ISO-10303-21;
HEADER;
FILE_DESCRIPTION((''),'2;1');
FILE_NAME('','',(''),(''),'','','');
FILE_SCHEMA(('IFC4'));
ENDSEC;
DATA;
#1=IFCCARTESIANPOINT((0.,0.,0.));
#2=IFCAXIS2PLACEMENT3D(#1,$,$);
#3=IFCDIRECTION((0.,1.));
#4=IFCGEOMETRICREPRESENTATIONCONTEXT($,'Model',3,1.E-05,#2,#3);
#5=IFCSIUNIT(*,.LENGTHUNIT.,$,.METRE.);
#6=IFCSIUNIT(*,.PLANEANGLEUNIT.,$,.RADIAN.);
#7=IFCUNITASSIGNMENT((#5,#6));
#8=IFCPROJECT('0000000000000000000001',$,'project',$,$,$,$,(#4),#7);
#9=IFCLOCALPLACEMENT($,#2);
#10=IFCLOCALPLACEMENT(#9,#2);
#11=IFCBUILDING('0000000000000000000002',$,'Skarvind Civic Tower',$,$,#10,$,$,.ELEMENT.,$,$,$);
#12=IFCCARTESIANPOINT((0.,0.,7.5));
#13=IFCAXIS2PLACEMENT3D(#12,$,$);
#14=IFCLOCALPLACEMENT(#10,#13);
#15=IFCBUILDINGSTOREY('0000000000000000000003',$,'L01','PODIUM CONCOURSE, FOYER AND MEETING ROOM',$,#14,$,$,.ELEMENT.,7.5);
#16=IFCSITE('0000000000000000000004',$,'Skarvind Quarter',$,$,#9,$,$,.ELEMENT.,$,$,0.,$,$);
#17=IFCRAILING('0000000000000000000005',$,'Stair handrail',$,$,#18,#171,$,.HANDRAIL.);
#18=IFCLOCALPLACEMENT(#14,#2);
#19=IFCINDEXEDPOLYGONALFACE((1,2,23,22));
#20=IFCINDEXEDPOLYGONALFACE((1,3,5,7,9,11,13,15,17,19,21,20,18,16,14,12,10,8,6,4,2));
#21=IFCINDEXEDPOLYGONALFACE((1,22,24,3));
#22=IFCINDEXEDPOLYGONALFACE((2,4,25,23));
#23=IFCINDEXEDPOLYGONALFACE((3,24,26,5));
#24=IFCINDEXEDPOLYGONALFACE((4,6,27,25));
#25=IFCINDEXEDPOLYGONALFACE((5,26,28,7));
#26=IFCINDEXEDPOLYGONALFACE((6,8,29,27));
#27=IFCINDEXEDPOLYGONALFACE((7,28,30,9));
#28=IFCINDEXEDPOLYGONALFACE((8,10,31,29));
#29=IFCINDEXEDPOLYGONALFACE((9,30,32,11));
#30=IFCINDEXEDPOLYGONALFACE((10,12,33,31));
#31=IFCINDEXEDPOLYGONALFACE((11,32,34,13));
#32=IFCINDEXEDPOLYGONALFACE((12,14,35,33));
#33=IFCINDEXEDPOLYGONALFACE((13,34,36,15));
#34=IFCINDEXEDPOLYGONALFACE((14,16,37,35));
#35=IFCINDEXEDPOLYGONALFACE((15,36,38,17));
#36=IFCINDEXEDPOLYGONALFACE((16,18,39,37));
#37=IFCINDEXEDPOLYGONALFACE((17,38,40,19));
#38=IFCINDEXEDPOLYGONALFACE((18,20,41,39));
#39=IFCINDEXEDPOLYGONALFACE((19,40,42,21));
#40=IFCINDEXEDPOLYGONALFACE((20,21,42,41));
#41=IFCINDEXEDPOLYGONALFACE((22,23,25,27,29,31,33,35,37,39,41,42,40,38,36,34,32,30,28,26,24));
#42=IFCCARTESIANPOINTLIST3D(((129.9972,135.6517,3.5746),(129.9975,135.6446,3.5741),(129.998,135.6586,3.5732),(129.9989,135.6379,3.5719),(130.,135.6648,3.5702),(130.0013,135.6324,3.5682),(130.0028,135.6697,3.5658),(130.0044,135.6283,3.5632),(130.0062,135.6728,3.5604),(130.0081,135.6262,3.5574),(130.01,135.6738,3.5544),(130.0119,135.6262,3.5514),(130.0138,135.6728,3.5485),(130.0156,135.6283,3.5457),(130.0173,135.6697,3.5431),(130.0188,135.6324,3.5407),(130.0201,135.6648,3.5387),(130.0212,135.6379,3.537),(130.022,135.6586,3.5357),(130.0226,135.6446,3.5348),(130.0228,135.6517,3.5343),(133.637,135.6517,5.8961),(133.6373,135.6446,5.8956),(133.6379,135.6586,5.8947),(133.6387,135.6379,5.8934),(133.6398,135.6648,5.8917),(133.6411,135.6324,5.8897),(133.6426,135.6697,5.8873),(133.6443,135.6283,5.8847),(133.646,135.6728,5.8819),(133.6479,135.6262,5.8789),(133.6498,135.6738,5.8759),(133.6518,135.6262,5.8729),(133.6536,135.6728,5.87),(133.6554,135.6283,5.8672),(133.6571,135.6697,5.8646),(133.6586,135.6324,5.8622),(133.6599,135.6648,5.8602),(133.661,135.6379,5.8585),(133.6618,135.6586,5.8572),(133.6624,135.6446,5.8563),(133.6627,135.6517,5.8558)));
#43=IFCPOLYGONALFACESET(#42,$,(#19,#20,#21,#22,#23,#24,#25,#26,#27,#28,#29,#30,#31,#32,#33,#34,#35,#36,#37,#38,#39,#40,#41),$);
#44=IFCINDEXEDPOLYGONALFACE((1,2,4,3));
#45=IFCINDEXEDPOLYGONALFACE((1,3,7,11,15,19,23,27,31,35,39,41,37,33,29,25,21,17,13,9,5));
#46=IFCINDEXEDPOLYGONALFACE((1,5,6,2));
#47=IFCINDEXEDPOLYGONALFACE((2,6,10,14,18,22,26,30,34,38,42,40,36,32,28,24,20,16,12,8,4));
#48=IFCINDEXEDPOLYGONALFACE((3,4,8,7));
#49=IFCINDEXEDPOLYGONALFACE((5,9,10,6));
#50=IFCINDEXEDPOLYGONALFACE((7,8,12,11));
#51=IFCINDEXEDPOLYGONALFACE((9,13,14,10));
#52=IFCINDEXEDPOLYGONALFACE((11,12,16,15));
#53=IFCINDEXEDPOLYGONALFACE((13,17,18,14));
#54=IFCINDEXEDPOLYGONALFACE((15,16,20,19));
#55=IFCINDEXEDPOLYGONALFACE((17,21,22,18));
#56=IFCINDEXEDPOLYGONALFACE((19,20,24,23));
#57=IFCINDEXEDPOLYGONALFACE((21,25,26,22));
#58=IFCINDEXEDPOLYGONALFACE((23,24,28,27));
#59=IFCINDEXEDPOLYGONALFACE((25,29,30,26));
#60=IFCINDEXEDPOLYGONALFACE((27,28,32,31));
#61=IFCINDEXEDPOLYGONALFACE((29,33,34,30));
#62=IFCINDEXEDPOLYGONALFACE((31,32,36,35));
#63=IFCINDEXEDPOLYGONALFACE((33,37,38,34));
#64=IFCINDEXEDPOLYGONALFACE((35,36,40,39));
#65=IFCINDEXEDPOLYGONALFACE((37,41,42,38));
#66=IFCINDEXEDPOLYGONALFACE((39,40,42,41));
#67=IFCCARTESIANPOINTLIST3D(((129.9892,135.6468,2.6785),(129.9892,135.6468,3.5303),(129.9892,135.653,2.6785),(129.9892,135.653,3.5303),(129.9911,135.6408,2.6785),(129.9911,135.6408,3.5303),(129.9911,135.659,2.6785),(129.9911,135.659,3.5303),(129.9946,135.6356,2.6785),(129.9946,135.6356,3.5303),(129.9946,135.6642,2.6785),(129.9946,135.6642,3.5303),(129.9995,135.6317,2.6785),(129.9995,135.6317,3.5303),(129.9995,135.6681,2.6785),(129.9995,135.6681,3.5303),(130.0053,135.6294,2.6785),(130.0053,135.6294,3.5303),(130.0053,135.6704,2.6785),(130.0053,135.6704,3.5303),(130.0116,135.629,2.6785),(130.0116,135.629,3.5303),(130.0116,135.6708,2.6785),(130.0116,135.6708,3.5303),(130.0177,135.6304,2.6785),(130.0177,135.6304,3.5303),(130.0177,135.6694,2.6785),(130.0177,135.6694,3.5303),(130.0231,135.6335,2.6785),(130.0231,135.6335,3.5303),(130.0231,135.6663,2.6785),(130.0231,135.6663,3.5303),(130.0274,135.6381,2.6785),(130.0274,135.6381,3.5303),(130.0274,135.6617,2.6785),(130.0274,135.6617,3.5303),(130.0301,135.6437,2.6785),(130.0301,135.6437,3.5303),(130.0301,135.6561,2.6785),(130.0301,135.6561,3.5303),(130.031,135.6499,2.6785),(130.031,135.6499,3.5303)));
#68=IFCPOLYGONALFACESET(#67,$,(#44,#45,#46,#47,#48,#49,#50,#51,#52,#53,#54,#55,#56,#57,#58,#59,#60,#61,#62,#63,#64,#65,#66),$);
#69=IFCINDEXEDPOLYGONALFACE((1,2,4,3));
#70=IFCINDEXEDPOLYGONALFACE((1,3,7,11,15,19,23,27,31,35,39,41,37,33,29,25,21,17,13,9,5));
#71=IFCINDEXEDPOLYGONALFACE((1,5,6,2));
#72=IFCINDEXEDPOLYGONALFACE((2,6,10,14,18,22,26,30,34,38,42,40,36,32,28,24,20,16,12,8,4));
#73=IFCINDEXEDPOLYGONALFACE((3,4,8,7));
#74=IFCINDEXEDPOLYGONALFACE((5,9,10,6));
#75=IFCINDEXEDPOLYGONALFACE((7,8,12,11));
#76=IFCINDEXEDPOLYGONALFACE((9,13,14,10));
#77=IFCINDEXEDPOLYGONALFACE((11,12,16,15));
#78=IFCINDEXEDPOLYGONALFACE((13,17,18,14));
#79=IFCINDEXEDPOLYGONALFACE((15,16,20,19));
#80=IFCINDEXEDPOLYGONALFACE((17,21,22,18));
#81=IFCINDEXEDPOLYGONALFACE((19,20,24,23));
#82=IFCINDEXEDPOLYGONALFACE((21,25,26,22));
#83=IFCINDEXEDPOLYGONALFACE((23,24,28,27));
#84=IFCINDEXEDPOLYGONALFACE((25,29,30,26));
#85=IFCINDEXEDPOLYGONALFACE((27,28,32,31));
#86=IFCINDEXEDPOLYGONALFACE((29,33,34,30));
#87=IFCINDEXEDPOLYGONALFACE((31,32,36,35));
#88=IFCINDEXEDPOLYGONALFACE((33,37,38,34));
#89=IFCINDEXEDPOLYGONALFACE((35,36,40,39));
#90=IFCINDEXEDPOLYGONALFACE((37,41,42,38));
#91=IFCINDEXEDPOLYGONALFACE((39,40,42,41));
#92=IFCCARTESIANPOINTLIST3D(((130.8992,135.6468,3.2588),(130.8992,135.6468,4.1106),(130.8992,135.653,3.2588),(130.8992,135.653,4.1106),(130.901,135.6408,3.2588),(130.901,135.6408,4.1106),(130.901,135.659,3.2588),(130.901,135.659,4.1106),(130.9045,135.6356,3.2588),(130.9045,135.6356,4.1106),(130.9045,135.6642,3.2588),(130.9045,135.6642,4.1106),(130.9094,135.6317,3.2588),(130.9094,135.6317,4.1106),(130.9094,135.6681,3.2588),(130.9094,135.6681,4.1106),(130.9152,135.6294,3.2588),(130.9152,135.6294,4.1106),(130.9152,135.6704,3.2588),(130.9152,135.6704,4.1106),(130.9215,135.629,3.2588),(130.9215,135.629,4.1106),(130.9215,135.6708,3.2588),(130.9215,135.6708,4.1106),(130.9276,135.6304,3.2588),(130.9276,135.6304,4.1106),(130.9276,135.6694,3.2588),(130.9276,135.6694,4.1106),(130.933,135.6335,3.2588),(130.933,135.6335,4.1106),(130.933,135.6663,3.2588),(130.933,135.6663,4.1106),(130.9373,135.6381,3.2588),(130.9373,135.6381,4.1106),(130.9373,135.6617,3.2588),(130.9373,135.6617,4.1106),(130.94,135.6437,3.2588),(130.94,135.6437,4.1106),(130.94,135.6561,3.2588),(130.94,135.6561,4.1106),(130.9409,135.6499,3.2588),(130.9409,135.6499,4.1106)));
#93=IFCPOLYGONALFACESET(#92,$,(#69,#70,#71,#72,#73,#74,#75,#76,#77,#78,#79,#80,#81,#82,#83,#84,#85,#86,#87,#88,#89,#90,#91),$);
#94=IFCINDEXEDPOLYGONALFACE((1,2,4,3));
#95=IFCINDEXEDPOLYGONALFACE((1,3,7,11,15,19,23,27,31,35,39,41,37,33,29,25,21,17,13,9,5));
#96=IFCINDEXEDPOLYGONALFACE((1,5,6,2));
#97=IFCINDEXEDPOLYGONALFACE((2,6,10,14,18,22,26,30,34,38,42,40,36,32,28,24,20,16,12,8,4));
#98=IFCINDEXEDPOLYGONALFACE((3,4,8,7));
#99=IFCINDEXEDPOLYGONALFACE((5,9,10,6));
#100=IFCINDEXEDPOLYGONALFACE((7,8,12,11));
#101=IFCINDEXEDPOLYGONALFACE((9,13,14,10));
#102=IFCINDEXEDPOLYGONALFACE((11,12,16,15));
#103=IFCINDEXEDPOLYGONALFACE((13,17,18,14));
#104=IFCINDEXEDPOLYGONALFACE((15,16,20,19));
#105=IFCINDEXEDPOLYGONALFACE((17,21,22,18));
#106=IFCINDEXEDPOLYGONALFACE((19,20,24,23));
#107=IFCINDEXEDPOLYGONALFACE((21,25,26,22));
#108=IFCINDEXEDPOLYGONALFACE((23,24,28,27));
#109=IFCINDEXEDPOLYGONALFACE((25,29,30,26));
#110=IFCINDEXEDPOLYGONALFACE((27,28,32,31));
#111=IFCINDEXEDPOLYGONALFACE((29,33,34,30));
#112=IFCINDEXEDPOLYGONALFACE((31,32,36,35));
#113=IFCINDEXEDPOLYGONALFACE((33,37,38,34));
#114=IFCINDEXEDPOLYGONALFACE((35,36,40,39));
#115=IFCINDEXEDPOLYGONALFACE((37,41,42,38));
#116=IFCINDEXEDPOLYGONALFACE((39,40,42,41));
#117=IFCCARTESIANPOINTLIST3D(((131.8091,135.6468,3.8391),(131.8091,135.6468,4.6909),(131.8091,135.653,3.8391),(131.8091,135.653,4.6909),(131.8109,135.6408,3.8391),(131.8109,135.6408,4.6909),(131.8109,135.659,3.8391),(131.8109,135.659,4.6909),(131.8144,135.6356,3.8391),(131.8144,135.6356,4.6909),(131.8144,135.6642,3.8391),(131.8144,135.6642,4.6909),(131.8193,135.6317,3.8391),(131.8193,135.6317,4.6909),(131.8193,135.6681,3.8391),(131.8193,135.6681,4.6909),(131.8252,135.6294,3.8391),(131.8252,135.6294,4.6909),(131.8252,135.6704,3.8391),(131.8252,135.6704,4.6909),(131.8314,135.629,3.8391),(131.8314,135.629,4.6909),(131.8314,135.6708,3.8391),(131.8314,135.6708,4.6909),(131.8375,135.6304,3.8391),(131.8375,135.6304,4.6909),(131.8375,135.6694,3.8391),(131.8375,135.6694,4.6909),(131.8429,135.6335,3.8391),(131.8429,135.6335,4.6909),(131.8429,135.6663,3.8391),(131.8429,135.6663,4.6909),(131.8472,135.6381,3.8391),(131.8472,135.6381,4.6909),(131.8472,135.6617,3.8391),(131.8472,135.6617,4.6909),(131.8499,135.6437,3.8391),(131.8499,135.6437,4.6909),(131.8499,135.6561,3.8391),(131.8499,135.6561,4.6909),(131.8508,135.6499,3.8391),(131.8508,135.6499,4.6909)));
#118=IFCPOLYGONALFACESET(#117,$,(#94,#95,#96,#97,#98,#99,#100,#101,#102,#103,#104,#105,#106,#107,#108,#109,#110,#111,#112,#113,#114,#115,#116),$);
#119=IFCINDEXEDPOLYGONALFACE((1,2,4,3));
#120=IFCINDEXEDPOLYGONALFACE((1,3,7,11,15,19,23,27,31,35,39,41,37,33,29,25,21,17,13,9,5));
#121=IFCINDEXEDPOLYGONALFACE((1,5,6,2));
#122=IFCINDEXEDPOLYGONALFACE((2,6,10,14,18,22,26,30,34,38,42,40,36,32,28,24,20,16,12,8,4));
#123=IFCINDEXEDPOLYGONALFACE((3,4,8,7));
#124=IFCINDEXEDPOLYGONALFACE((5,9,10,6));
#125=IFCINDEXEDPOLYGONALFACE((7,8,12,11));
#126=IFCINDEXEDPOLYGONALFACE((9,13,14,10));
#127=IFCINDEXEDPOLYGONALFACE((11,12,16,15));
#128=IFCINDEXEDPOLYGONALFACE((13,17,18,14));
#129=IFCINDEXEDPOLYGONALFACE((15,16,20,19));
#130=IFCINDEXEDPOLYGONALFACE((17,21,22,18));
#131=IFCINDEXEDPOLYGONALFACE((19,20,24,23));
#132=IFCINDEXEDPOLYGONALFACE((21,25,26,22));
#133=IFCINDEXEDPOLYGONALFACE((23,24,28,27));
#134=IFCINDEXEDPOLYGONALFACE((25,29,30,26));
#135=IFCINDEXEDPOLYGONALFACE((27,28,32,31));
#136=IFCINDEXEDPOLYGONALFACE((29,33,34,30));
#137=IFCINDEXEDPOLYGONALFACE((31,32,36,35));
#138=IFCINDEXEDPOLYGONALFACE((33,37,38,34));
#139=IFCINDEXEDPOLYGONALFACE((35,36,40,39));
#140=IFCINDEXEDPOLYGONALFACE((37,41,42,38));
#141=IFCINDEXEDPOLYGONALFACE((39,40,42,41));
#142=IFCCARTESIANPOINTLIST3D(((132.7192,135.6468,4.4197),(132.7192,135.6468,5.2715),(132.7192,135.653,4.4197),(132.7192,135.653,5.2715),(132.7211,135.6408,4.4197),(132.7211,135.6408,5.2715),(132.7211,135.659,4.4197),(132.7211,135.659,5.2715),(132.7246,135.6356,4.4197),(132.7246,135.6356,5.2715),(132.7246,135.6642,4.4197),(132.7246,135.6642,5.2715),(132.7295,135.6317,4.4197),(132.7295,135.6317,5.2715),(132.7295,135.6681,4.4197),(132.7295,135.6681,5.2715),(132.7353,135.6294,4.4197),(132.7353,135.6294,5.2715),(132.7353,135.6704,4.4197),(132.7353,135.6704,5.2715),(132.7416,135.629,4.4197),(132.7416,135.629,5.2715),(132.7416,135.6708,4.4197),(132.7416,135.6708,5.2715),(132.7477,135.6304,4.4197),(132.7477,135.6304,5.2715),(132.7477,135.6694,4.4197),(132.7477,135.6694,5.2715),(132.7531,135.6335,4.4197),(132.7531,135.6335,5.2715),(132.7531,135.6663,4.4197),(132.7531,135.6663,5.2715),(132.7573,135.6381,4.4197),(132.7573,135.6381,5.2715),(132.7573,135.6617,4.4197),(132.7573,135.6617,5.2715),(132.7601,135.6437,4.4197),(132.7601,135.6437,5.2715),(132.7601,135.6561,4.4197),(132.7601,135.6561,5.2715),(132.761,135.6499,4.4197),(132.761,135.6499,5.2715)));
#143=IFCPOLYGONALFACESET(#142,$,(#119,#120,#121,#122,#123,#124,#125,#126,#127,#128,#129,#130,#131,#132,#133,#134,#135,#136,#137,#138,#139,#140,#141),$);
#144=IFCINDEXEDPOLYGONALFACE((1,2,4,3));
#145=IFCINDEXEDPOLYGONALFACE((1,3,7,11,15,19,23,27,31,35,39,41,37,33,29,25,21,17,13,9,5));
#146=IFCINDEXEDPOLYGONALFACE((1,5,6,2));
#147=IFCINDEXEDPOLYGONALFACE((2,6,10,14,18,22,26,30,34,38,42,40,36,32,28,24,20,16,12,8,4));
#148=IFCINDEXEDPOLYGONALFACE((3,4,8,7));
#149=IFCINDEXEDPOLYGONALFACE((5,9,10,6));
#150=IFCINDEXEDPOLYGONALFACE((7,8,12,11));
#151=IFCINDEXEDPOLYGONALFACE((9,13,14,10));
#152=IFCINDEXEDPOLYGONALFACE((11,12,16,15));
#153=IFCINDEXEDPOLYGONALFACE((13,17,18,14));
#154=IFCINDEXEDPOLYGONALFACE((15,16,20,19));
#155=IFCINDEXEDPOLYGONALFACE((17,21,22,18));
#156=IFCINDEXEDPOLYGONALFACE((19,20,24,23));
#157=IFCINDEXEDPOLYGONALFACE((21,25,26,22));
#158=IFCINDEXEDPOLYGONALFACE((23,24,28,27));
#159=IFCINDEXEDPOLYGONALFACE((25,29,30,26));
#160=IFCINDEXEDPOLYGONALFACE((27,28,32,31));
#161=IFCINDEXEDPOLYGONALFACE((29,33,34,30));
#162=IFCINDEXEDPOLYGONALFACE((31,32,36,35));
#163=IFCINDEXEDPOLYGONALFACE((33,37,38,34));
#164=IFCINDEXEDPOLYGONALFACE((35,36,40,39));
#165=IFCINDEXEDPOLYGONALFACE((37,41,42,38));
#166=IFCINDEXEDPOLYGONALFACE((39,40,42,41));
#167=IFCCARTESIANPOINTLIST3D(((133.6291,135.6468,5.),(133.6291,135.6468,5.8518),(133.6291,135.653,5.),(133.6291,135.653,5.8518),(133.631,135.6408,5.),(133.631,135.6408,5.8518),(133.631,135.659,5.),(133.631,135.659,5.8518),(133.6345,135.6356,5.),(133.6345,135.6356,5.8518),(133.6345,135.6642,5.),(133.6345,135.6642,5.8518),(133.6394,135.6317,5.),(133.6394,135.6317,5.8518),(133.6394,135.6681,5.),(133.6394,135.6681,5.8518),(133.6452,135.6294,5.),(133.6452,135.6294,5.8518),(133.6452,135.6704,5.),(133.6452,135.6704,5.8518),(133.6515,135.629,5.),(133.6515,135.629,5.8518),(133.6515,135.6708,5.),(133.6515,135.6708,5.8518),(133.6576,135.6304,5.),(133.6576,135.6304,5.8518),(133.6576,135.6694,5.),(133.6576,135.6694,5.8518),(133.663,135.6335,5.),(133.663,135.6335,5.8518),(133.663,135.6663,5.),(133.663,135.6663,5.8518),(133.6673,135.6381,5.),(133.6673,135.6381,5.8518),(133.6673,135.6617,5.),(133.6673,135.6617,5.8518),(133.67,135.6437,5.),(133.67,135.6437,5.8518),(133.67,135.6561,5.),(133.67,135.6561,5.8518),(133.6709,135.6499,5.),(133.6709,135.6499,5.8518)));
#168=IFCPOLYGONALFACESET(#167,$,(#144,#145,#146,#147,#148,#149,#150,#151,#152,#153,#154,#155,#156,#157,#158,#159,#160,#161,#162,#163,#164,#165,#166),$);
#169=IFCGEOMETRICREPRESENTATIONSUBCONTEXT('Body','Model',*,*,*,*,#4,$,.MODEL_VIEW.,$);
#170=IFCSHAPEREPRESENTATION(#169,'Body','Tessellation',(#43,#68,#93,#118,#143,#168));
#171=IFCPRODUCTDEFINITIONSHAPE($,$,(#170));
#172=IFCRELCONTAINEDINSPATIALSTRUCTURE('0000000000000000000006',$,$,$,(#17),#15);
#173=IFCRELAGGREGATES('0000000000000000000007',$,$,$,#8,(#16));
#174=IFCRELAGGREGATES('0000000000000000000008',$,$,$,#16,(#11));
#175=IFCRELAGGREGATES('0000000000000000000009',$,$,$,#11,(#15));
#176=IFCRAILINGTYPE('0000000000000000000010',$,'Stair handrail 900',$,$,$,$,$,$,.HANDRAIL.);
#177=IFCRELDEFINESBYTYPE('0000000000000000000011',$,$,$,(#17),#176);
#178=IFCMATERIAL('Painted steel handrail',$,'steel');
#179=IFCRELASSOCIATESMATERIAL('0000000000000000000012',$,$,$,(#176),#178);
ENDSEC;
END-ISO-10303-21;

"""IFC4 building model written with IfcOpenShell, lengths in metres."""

from ifc_helpers import new_model, si_unit, direction, frame, origin, origin_2d, place, context, subcontext, project, spatial, circle, extrude, material, type_object, element, save


model = new_model("IFC4")

# Units and contexts
model_context = context("Model", 3, precision=1e-05, world=origin(), true_north=direction((0.0, 1.0)))
body_context = subcontext(model_context, "Body", "Model", "MODEL_VIEW")
ifc_project = project(units=[si_unit("LENGTHUNIT", "METRE"), si_unit("PLANEANGLEUNIT", "RADIAN")], contexts=[model_context])

# Site, building, storey
site_placement = place(None, origin())
site = spatial("IfcSite", under=ifc_project, at=site_placement, Name="Skarvind Quarter", CompositionType="ELEMENT", RefElevation=0.0)
building_placement = place(site_placement, origin())
building = spatial("IfcBuilding", under=site, at=building_placement, Name="Skarvind Civic Tower", CompositionType="ELEMENT")
storey_placement = place(building_placement, frame((0.0, 0.0, 7.5)))
storey = spatial("IfcBuildingStorey", under=building, at=storey_placement, Name="L01", Description="PODIUM CONCOURSE, FOYER AND MEETING ROOM", CompositionType="ELEMENT", Elevation=7.5)

# Railing
ifc_material_1 = material(Name="Painted steel handrail", Category="steel")
railing_type = type_object("IfcRailingType", Name="Stair handrail 900", PredefinedType="HANDRAIL", material=ifc_material_1)
railing_1_placement = place(storey_placement, frame((130.01, 135.6499, 2.6785)))
element("IfcRailing", 1, at=railing_1_placement, inside=storey, type_object=railing_type, Name="Stair handrail", PredefinedType="HANDRAIL", context=body_context, shape_type="SweptSolid", body=[
    extrude(circle(Radius=0.0239, at=origin_2d()), frame((0.0, 0.0, 0.876), z_axis=(0.843112, 0.0, 0.537739), x_axis=(0.0, 1.0, 0.0)), (0.0, 0.0, 1.0), 4.3171),
    extrude(circle(Radius=0.021, at=origin_2d()), origin(), (0.0, 0.0, 1.0), 0.8518),
    extrude(circle(Radius=0.021, at=origin_2d()), frame((0.9099, 0.0, 0.5803)), (0.0, 0.0, 1.0), 0.8518),
    extrude(circle(Radius=0.021, at=origin_2d()), frame((1.8198, 0.0, 1.1606)), (0.0, 0.0, 1.0), 0.8518),
    extrude(circle(Radius=0.021, at=origin_2d()), frame((2.73, 0.0, 1.7412)), (0.0, 0.0, 1.0), 0.8518),
    extrude(circle(Radius=0.021, at=origin_2d()), frame((3.6399, 0.0, 2.3215)), (0.0, 0.0, 1.0), 0.8518),
])

save(model, "model.ifc")
